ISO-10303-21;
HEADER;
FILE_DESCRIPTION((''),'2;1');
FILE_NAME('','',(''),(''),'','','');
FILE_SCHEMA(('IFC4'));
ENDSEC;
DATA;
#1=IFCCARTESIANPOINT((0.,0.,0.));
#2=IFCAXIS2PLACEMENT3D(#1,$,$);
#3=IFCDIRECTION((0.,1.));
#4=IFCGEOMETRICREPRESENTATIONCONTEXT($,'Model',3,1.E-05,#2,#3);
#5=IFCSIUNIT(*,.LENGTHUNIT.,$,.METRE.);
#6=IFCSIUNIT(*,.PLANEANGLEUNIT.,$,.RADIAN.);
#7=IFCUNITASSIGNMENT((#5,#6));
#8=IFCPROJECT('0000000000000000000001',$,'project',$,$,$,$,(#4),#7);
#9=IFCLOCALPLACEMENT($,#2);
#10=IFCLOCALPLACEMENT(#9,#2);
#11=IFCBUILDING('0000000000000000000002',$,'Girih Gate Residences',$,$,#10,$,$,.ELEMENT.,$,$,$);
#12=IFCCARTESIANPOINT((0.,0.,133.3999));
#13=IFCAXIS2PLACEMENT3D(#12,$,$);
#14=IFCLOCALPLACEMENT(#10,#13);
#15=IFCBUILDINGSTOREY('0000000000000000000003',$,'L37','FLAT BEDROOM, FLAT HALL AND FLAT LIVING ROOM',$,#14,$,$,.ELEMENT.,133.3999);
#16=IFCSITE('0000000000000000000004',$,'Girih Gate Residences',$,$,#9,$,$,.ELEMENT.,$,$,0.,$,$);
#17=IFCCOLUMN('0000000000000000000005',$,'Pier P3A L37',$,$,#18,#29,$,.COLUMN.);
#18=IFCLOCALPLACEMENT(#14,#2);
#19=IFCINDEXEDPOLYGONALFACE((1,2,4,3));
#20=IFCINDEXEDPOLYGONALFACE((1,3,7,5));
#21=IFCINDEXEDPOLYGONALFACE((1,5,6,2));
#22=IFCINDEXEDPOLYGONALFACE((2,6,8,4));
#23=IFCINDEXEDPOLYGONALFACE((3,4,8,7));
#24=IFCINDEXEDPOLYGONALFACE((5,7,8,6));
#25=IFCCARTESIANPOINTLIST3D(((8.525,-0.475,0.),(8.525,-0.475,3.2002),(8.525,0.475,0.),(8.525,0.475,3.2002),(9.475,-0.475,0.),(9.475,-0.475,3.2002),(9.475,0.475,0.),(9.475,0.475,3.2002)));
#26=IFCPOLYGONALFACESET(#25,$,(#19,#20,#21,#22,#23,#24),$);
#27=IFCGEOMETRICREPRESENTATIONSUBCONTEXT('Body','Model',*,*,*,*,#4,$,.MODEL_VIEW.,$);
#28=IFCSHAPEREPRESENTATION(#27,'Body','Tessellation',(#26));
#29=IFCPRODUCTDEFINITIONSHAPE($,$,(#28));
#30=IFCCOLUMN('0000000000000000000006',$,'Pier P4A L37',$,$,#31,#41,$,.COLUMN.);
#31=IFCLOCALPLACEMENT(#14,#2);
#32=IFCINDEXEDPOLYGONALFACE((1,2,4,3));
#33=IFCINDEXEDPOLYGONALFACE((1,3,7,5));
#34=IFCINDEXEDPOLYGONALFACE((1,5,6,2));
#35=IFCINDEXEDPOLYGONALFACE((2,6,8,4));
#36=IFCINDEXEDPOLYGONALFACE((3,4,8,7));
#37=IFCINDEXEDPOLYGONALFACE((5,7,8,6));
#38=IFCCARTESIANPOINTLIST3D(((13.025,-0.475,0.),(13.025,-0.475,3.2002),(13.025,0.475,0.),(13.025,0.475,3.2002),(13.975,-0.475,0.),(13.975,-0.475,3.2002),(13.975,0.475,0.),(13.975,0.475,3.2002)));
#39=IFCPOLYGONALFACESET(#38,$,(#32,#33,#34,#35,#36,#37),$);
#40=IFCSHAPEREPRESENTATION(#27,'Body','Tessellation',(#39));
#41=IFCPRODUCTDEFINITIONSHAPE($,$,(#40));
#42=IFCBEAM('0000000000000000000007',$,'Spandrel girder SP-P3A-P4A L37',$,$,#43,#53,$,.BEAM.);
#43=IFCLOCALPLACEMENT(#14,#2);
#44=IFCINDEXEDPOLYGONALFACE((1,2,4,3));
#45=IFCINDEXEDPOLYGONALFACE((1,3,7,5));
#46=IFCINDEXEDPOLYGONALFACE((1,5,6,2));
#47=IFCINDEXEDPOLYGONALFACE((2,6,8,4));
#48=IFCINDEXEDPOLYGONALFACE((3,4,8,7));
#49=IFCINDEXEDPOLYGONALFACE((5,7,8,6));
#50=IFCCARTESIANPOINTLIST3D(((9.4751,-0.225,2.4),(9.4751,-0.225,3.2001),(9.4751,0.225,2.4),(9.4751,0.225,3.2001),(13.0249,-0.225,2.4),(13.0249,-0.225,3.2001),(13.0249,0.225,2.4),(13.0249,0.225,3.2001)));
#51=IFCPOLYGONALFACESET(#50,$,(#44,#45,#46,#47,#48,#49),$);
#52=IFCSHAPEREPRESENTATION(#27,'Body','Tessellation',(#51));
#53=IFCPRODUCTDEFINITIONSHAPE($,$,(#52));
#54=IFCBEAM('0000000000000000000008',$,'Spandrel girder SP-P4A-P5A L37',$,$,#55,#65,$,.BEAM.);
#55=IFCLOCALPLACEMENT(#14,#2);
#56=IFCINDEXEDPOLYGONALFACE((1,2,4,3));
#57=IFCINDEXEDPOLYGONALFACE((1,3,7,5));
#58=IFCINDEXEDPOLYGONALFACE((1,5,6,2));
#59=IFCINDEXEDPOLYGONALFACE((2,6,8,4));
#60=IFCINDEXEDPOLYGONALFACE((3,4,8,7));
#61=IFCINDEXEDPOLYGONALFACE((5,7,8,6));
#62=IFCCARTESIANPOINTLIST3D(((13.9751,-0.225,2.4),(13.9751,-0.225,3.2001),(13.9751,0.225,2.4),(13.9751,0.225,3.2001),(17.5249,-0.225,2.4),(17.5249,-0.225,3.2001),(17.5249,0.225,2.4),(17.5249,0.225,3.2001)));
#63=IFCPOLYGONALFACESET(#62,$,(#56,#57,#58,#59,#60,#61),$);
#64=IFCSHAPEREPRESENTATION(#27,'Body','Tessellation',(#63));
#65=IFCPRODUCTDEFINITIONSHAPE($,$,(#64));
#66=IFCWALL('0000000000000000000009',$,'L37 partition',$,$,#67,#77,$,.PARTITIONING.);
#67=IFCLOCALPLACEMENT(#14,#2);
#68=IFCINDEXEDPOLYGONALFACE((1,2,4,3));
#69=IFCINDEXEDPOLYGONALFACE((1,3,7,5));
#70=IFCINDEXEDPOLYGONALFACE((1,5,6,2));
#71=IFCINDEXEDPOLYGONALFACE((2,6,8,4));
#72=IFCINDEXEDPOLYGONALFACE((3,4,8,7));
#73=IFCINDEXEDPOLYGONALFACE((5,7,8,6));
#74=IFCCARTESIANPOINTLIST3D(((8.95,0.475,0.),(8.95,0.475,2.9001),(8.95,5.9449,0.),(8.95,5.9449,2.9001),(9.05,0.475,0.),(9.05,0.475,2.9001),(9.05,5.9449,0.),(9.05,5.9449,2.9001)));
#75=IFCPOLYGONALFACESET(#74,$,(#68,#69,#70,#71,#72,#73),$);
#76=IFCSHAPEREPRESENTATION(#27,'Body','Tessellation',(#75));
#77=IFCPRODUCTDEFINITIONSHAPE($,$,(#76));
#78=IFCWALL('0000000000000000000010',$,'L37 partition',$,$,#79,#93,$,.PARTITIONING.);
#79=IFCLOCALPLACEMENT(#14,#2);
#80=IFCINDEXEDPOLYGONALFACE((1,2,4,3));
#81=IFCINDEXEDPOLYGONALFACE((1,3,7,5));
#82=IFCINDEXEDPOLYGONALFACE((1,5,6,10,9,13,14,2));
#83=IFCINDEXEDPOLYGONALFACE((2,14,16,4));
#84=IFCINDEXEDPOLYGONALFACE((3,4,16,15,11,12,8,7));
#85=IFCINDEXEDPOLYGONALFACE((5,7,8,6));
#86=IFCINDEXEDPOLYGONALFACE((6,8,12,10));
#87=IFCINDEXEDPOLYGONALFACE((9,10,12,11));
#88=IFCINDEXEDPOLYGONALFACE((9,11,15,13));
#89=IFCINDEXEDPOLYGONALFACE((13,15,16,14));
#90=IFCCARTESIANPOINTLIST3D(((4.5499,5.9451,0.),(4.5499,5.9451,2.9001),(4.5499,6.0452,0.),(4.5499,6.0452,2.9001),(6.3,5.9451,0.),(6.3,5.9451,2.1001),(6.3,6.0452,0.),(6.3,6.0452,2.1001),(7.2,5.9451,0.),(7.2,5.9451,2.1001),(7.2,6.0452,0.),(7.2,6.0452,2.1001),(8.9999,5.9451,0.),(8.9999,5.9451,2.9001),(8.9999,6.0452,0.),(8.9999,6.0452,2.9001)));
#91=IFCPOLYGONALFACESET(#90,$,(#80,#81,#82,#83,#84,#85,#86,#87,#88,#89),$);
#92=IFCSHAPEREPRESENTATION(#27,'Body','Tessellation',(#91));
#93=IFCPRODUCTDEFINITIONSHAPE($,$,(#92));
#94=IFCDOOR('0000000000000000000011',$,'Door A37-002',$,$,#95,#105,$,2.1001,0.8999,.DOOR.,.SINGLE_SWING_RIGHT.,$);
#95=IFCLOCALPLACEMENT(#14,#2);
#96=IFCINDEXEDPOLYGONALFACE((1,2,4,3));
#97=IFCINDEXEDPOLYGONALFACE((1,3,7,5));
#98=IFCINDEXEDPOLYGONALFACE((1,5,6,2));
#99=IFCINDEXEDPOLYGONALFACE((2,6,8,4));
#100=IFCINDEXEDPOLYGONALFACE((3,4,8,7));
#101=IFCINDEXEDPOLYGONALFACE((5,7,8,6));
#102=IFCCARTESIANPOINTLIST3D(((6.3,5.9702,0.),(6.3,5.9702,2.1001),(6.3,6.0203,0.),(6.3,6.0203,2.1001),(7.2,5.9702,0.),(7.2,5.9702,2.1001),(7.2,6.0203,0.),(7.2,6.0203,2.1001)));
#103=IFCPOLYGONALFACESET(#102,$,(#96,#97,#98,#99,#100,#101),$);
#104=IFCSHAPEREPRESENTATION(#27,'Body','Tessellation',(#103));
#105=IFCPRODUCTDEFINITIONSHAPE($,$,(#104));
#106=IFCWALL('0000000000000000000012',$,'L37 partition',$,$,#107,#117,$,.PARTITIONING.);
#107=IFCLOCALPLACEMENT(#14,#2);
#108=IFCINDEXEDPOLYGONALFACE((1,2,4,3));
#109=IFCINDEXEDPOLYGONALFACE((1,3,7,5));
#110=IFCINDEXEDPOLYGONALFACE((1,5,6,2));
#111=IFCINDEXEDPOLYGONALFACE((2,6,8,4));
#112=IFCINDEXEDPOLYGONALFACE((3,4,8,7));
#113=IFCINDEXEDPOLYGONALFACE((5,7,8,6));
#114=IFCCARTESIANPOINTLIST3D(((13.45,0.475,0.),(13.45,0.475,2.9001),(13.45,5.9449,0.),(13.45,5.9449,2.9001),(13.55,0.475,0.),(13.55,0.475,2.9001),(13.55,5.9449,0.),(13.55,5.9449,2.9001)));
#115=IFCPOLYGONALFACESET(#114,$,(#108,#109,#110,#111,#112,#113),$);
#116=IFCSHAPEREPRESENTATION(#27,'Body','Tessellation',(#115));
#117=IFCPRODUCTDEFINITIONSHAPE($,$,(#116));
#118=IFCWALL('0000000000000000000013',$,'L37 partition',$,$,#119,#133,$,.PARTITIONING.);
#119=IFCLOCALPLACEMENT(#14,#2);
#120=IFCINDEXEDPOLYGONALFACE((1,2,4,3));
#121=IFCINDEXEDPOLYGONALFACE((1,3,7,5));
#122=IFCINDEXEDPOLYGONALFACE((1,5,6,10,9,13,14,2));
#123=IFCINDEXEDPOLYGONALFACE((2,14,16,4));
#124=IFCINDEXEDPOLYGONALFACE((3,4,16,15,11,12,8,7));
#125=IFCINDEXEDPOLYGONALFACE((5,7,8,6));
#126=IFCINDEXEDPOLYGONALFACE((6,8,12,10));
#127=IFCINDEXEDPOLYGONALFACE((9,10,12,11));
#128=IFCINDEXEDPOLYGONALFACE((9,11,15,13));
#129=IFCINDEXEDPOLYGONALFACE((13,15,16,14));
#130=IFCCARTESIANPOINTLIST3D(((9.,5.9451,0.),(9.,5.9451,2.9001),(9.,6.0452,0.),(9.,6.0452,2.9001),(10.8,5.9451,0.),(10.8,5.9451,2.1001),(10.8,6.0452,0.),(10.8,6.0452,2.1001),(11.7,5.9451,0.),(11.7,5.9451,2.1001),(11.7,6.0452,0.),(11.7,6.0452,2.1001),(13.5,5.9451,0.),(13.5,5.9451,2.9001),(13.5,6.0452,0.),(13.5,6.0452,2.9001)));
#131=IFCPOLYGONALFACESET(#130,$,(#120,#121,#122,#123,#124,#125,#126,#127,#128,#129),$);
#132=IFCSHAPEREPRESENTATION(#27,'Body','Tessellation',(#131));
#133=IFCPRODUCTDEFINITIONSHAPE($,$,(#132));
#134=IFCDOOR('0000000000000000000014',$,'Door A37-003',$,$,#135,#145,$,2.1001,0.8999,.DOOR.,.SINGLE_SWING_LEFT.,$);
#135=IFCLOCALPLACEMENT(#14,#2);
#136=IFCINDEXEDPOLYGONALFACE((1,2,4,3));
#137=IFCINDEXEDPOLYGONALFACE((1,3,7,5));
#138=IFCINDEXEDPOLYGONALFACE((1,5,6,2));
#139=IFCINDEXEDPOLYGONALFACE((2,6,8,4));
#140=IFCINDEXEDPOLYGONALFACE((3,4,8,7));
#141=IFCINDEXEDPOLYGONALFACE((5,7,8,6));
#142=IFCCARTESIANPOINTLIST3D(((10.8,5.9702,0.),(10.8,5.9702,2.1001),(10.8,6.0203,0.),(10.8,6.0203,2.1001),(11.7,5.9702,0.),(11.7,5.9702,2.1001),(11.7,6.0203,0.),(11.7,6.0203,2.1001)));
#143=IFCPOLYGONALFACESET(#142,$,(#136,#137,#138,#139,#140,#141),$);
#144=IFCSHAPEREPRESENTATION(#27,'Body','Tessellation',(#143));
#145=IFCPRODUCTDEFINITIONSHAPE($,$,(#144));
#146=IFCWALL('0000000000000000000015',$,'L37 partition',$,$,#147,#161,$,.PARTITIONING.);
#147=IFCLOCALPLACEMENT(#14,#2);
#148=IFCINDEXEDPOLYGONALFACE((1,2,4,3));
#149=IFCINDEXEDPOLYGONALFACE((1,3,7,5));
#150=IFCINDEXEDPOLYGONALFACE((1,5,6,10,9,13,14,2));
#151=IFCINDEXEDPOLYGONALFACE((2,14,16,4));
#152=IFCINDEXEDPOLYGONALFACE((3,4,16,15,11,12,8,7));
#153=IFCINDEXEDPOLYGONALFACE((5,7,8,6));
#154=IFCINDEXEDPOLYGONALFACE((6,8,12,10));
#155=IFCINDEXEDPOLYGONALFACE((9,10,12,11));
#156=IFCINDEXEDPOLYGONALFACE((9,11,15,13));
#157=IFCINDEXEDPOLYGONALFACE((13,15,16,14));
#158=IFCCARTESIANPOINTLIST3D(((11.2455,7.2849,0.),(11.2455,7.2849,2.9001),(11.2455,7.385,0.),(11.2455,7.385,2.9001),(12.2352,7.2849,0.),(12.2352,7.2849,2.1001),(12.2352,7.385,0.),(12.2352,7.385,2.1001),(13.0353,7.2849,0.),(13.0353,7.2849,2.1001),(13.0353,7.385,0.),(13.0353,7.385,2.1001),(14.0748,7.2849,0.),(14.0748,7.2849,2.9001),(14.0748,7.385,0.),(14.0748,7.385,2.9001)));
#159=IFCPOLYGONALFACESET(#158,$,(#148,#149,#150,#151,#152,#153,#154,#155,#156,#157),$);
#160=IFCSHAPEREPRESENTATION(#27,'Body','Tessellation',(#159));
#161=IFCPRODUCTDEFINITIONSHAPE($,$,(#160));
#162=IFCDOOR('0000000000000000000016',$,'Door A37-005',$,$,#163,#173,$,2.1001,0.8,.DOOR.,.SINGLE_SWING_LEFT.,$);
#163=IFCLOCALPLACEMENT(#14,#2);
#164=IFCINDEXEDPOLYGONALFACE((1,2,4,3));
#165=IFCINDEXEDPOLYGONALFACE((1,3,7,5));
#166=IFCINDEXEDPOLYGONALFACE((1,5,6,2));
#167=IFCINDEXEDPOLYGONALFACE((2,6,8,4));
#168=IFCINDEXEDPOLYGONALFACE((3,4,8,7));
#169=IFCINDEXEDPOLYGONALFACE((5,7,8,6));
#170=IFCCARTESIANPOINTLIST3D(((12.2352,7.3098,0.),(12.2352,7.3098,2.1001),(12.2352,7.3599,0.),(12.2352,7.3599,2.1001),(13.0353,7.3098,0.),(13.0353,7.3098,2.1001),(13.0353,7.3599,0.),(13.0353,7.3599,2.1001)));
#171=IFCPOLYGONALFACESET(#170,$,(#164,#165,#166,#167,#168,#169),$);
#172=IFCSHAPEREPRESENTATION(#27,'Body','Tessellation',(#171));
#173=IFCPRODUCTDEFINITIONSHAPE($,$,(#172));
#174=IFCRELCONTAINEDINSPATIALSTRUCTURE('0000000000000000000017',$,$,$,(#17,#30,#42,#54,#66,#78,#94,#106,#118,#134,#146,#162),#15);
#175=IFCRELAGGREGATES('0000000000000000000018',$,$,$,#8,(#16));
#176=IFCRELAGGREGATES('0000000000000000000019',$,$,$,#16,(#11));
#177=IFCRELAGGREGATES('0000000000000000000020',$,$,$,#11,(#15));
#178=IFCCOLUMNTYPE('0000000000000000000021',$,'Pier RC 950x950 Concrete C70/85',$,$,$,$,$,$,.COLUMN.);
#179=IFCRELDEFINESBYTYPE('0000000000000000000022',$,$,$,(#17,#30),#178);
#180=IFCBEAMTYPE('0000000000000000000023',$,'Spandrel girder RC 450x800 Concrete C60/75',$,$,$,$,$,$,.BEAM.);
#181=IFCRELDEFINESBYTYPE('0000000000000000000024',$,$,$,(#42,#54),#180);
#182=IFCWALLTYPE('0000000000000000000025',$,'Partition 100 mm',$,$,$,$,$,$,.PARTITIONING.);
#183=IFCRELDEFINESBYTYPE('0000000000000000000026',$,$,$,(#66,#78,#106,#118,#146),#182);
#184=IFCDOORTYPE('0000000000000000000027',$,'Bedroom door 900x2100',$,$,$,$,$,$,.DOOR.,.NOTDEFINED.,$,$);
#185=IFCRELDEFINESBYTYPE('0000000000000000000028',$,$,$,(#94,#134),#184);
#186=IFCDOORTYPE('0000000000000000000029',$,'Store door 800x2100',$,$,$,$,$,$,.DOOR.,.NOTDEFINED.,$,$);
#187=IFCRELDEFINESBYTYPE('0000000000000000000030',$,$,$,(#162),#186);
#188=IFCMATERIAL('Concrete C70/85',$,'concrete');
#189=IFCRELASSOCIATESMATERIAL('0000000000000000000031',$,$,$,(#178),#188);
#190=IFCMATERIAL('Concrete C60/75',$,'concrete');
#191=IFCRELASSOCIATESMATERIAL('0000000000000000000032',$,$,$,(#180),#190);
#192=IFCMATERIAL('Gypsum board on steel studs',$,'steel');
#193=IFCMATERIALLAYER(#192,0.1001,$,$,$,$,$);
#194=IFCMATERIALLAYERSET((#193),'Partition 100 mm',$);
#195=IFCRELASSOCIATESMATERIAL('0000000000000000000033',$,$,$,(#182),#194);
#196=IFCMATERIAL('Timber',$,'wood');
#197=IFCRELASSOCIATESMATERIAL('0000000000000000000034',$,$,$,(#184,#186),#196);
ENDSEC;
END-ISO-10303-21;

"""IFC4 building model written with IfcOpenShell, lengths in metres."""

from ifc_helpers import new_model, si_unit, direction, frame, frame_2d, origin, origin_2d, place, context, subcontext, project, spatial, rectangle, extrude, material, layer, layer_set, material_profile, profile_set, type_object, element, fill, save


model = new_model("IFC4")

# Units and contexts
model_context = context("Model", 3, precision=1e-05, world=origin(), true_north=direction((0.0, 1.0)))
body_context = subcontext(model_context, "Body", "Model", "MODEL_VIEW")
ifc_project = project(units=[si_unit("LENGTHUNIT", "METRE"), si_unit("PLANEANGLEUNIT", "RADIAN")], contexts=[model_context])

# Site, building, storey
site_placement = place(None, origin())
site = spatial("IfcSite", under=ifc_project, at=site_placement, Name="Girih Gate Residences", CompositionType="ELEMENT", RefElevation=0.0)
building_placement = place(site_placement, origin())
building = spatial("IfcBuilding", under=site, at=building_placement, Name="Girih Gate Residences", CompositionType="ELEMENT")
storey_placement = place(building_placement, frame((0.0, 0.0, 133.3999)))
storey = spatial("IfcBuildingStorey", under=building, at=storey_placement, Name="L37", Description="FLAT BEDROOM, FLAT HALL AND FLAT LIVING ROOM", CompositionType="ELEMENT", Elevation=133.3999)

# Columns
ifc_material_1 = material(Name="Concrete C70/85", Category="concrete")
ifc_material_profile_1 = material_profile(ifc_material_1, rectangle(XDim=0.95, YDim=0.95, at=origin_2d()))
ifc_profile_set_1 = profile_set([ifc_material_profile_1], Name="Concrete C70/85")
column_type = type_object("IfcColumnType", Name="Pier RC 950x950 Concrete C70/85", PredefinedType="COLUMN", material=ifc_profile_set_1)
for number, where, z_axis, x_axis, name in (
    (1, (9.0, 0.0, 0.0), (0.0, 0.0, 1.0), (1.0, 0.0, 0.0), "Pier P3A L37"),
    (2, (13.5, 0.0, 0.0), (0.0, 0.0, 1.0), (1.0, 0.0, 0.0), "Pier P4A L37"),
):
    element("IfcColumn", number, at=place(storey_placement, frame(where, z_axis=z_axis, x_axis=x_axis)), inside=storey, type_object=column_type, Name=name, PredefinedType="COLUMN", context=body_context, shape_type="SweptSolid", body=[
        extrude(rectangle(XDim=0.95, YDim=0.95, at=origin_2d()), origin(), (0.0, 0.0, 1.0), 3.2002),
    ])

# Beams
ifc_material_2 = material(Name="Concrete C60/75", Category="concrete")
ifc_material_profile_2 = material_profile(ifc_material_2, rectangle(XDim=0.45, YDim=0.8, at=origin_2d()))
ifc_profile_set_2 = profile_set([ifc_material_profile_2], Name="Concrete C60/75")
beam_type = type_object("IfcBeamType", Name="Spandrel girder RC 450x800 Concrete C60/75", PredefinedType="BEAM", material=ifc_profile_set_2)
for number, where, z_axis, x_axis, name in (
    (3, (9.4751, 0.0, 2.8), (1.0, 0.0, 0.0), (0.0, 1.0, 0.0), "Spandrel girder SP-P3A-P4A L37"),
    (4, (13.9751, 0.0, 2.8), (1.0, 0.0, 0.0), (0.0, 1.0, 0.0), "Spandrel girder SP-P4A-P5A L37"),
):
    element("IfcBeam", number, at=place(storey_placement, frame(where, z_axis=z_axis, x_axis=x_axis)), inside=storey, type_object=beam_type, Name=name, PredefinedType="BEAM", context=body_context, shape_type="SweptSolid", body=[
        extrude(rectangle(XDim=0.45, YDim=0.8, at=origin_2d()), origin(), (0.0, 0.0, 1.0), 3.5498),
    ])

# Wall
ifc_material_3 = material(Name="Gypsum board on steel studs", Category="steel")
ifc_layer_1 = layer(ifc_material_3, 0.1001)
ifc_layer_set_1 = layer_set([ifc_layer_1], Name="Partition 100 mm")
wall_type_1 = type_object("IfcWallType", Name="Partition 100 mm", PredefinedType="PARTITIONING", material=ifc_layer_set_1)
wall_1_placement = place(storey_placement, frame((9.0, 0.4751, 0.0), z_axis=(0.0, 0.0, 1.0), x_axis=(0.0, 1.0, 0.0)))
element("IfcWall", 5, at=wall_1_placement, inside=storey, type_object=wall_type_1, Name="L37 partition", PredefinedType="PARTITIONING", context=body_context, shape_type="SweptSolid", body=[
    extrude(rectangle(XDim=5.47, YDim=0.1001, at=frame_2d((2.7349, 0.0))), origin(), (0.0, 0.0, 1.0), 2.9001),
])

# Wall, opening, door
wall_2_placement = place(storey_placement, frame((9.0, 5.9951, 0.0), z_axis=(0.0, 0.0, 1.0), x_axis=(-1.0, 0.0, 0.0)))
wall_2 = element("IfcWall", 6, at=wall_2_placement, inside=storey, type_object=wall_type_1, Name="L37 partition", PredefinedType="PARTITIONING", context=body_context, shape_type="SweptSolid", body=[
    extrude(rectangle(XDim=4.45, YDim=0.1001, at=frame_2d((2.2251, 0.0))), origin(), (0.0, 0.0, 1.0), 2.9001),
])
opening_1_placement = place(wall_2_placement, frame((1.8, 0.0, 0.0)))
opening_1 = element("IfcOpeningElement", 7, at=opening_1_placement, cuts=wall_2, PredefinedType="OPENING", context=body_context, shape_type="SweptSolid", body=[
    extrude(rectangle(XDim=0.8999, YDim=2.1001, at=frame_2d((0.45, 1.05))), frame((0.0, 0.0601, 0.0), z_axis=(0.0, -1.0, 0.0), x_axis=(1.0, 0.0, 0.0)), (0.0, 0.0, 1.0), 0.1201),
])
ifc_material_4 = material(Name="Timber", Category="wood")
door_type_1 = type_object("IfcDoorType", Name="Bedroom door 900x2100", OperationType="NOTDEFINED", PredefinedType="DOOR", material=ifc_material_4)
door_1_placement = place(opening_1_placement, origin())
door_1 = element("IfcDoor", 8, at=door_1_placement, inside=storey, type_object=door_type_1, Name="Door A37-002", OperationType="SINGLE_SWING_RIGHT", OverallHeight=2.1001, OverallWidth=0.8999, PredefinedType="DOOR", context=body_context, shape_type="SweptSolid", body=[
    extrude(rectangle(XDim=0.8999, YDim=2.1001, at=frame_2d((0.45, 1.05))), frame((0.0, 0.0249, 0.0), z_axis=(0.0, -1.0, 0.0), x_axis=(1.0, 0.0, 0.0)), (0.0, 0.0, 1.0), 0.05),
])
fill(opening_1, door_1)

# Wall
wall_3_placement = place(storey_placement, frame((13.5, 0.4751, 0.0), z_axis=(0.0, 0.0, 1.0), x_axis=(0.0, 1.0, 0.0)))
element("IfcWall", 9, at=wall_3_placement, inside=storey, type_object=wall_type_1, Name="L37 partition", PredefinedType="PARTITIONING", context=body_context, shape_type="SweptSolid", body=[
    extrude(rectangle(XDim=5.47, YDim=0.1001, at=frame_2d((2.7349, 0.0))), origin(), (0.0, 0.0, 1.0), 2.9001),
])

# Walls, openings, doors
wall_4_placement = place(storey_placement, frame((13.5, 5.9951, 0.0), z_axis=(0.0, 0.0, 1.0), x_axis=(-1.0, 0.0, 0.0)))
wall_4 = element("IfcWall", 10, at=wall_4_placement, inside=storey, type_object=wall_type_1, Name="L37 partition", PredefinedType="PARTITIONING", context=body_context, shape_type="SweptSolid", body=[
    extrude(rectangle(XDim=4.5, YDim=0.1001, at=frame_2d((2.25, 0.0))), origin(), (0.0, 0.0, 1.0), 2.9001),
])
opening_2_placement = place(wall_4_placement, frame((1.8, 0.0, 0.0)))
opening_2 = element("IfcOpeningElement", 11, at=opening_2_placement, cuts=wall_4, PredefinedType="OPENING", context=body_context, shape_type="SweptSolid", body=[
    extrude(rectangle(XDim=0.8999, YDim=2.1001, at=frame_2d((0.45, 1.05))), frame((0.0, 0.0601, 0.0), z_axis=(0.0, -1.0, 0.0), x_axis=(1.0, 0.0, 0.0)), (0.0, 0.0, 1.0), 0.1201),
])
door_2_placement = place(opening_2_placement, origin())
door_2 = element("IfcDoor", 12, at=door_2_placement, inside=storey, type_object=door_type_1, Name="Door A37-003", OperationType="SINGLE_SWING_LEFT", OverallHeight=2.1001, OverallWidth=0.8999, PredefinedType="DOOR", context=body_context, shape_type="SweptSolid", body=[
    extrude(rectangle(XDim=0.8999, YDim=2.1001, at=frame_2d((0.45, 1.05))), frame((0.0, 0.0249, 0.0), z_axis=(0.0, -1.0, 0.0), x_axis=(1.0, 0.0, 0.0)), (0.0, 0.0, 1.0), 0.05),
])
fill(opening_2, door_2)
wall_5_placement = place(storey_placement, frame((11.2456, 7.335, 0.0), z_axis=(0.0, 0.0, 1.0), x_axis=(1.0, 0.0, 0.0)))
wall_5 = element("IfcWall", 13, at=wall_5_placement, inside=storey, type_object=wall_type_1, Name="L37 partition", PredefinedType="PARTITIONING", context=body_context, shape_type="SweptSolid", body=[
    extrude(rectangle(XDim=2.8293, YDim=0.1001, at=frame_2d((1.4146, 0.0))), origin(), (0.0, 0.0, 1.0), 2.9001),
])
opening_3_placement = place(wall_5_placement, frame((0.9897, 0.0, 0.0)))
opening_3 = element("IfcOpeningElement", 14, at=opening_3_placement, cuts=wall_5, PredefinedType="OPENING", context=body_context, shape_type="SweptSolid", body=[
    extrude(rectangle(XDim=0.8, YDim=2.1001, at=frame_2d((0.3999, 1.05))), frame((0.0, 0.0601, 0.0), z_axis=(0.0, -1.0, 0.0), x_axis=(1.0, 0.0, 0.0)), (0.0, 0.0, 1.0), 0.1201),
])
door_type_2 = type_object("IfcDoorType", Name="Store door 800x2100", OperationType="NOTDEFINED", PredefinedType="DOOR", material=ifc_material_4)
door_3_placement = place(opening_3_placement, origin())
door_3 = element("IfcDoor", 15, at=door_3_placement, inside=storey, type_object=door_type_2, Name="Door A37-005", OperationType="SINGLE_SWING_LEFT", OverallHeight=2.1001, OverallWidth=0.8, PredefinedType="DOOR", context=body_context, shape_type="SweptSolid", body=[
    extrude(rectangle(XDim=0.8, YDim=2.1001, at=frame_2d((0.3999, 1.05))), frame((0.0, 0.0249, 0.0), z_axis=(0.0, -1.0, 0.0), x_axis=(1.0, 0.0, 0.0)), (0.0, 0.0, 1.0), 0.05),
])
fill(opening_3, door_3)

save(model, "model.ifc")
